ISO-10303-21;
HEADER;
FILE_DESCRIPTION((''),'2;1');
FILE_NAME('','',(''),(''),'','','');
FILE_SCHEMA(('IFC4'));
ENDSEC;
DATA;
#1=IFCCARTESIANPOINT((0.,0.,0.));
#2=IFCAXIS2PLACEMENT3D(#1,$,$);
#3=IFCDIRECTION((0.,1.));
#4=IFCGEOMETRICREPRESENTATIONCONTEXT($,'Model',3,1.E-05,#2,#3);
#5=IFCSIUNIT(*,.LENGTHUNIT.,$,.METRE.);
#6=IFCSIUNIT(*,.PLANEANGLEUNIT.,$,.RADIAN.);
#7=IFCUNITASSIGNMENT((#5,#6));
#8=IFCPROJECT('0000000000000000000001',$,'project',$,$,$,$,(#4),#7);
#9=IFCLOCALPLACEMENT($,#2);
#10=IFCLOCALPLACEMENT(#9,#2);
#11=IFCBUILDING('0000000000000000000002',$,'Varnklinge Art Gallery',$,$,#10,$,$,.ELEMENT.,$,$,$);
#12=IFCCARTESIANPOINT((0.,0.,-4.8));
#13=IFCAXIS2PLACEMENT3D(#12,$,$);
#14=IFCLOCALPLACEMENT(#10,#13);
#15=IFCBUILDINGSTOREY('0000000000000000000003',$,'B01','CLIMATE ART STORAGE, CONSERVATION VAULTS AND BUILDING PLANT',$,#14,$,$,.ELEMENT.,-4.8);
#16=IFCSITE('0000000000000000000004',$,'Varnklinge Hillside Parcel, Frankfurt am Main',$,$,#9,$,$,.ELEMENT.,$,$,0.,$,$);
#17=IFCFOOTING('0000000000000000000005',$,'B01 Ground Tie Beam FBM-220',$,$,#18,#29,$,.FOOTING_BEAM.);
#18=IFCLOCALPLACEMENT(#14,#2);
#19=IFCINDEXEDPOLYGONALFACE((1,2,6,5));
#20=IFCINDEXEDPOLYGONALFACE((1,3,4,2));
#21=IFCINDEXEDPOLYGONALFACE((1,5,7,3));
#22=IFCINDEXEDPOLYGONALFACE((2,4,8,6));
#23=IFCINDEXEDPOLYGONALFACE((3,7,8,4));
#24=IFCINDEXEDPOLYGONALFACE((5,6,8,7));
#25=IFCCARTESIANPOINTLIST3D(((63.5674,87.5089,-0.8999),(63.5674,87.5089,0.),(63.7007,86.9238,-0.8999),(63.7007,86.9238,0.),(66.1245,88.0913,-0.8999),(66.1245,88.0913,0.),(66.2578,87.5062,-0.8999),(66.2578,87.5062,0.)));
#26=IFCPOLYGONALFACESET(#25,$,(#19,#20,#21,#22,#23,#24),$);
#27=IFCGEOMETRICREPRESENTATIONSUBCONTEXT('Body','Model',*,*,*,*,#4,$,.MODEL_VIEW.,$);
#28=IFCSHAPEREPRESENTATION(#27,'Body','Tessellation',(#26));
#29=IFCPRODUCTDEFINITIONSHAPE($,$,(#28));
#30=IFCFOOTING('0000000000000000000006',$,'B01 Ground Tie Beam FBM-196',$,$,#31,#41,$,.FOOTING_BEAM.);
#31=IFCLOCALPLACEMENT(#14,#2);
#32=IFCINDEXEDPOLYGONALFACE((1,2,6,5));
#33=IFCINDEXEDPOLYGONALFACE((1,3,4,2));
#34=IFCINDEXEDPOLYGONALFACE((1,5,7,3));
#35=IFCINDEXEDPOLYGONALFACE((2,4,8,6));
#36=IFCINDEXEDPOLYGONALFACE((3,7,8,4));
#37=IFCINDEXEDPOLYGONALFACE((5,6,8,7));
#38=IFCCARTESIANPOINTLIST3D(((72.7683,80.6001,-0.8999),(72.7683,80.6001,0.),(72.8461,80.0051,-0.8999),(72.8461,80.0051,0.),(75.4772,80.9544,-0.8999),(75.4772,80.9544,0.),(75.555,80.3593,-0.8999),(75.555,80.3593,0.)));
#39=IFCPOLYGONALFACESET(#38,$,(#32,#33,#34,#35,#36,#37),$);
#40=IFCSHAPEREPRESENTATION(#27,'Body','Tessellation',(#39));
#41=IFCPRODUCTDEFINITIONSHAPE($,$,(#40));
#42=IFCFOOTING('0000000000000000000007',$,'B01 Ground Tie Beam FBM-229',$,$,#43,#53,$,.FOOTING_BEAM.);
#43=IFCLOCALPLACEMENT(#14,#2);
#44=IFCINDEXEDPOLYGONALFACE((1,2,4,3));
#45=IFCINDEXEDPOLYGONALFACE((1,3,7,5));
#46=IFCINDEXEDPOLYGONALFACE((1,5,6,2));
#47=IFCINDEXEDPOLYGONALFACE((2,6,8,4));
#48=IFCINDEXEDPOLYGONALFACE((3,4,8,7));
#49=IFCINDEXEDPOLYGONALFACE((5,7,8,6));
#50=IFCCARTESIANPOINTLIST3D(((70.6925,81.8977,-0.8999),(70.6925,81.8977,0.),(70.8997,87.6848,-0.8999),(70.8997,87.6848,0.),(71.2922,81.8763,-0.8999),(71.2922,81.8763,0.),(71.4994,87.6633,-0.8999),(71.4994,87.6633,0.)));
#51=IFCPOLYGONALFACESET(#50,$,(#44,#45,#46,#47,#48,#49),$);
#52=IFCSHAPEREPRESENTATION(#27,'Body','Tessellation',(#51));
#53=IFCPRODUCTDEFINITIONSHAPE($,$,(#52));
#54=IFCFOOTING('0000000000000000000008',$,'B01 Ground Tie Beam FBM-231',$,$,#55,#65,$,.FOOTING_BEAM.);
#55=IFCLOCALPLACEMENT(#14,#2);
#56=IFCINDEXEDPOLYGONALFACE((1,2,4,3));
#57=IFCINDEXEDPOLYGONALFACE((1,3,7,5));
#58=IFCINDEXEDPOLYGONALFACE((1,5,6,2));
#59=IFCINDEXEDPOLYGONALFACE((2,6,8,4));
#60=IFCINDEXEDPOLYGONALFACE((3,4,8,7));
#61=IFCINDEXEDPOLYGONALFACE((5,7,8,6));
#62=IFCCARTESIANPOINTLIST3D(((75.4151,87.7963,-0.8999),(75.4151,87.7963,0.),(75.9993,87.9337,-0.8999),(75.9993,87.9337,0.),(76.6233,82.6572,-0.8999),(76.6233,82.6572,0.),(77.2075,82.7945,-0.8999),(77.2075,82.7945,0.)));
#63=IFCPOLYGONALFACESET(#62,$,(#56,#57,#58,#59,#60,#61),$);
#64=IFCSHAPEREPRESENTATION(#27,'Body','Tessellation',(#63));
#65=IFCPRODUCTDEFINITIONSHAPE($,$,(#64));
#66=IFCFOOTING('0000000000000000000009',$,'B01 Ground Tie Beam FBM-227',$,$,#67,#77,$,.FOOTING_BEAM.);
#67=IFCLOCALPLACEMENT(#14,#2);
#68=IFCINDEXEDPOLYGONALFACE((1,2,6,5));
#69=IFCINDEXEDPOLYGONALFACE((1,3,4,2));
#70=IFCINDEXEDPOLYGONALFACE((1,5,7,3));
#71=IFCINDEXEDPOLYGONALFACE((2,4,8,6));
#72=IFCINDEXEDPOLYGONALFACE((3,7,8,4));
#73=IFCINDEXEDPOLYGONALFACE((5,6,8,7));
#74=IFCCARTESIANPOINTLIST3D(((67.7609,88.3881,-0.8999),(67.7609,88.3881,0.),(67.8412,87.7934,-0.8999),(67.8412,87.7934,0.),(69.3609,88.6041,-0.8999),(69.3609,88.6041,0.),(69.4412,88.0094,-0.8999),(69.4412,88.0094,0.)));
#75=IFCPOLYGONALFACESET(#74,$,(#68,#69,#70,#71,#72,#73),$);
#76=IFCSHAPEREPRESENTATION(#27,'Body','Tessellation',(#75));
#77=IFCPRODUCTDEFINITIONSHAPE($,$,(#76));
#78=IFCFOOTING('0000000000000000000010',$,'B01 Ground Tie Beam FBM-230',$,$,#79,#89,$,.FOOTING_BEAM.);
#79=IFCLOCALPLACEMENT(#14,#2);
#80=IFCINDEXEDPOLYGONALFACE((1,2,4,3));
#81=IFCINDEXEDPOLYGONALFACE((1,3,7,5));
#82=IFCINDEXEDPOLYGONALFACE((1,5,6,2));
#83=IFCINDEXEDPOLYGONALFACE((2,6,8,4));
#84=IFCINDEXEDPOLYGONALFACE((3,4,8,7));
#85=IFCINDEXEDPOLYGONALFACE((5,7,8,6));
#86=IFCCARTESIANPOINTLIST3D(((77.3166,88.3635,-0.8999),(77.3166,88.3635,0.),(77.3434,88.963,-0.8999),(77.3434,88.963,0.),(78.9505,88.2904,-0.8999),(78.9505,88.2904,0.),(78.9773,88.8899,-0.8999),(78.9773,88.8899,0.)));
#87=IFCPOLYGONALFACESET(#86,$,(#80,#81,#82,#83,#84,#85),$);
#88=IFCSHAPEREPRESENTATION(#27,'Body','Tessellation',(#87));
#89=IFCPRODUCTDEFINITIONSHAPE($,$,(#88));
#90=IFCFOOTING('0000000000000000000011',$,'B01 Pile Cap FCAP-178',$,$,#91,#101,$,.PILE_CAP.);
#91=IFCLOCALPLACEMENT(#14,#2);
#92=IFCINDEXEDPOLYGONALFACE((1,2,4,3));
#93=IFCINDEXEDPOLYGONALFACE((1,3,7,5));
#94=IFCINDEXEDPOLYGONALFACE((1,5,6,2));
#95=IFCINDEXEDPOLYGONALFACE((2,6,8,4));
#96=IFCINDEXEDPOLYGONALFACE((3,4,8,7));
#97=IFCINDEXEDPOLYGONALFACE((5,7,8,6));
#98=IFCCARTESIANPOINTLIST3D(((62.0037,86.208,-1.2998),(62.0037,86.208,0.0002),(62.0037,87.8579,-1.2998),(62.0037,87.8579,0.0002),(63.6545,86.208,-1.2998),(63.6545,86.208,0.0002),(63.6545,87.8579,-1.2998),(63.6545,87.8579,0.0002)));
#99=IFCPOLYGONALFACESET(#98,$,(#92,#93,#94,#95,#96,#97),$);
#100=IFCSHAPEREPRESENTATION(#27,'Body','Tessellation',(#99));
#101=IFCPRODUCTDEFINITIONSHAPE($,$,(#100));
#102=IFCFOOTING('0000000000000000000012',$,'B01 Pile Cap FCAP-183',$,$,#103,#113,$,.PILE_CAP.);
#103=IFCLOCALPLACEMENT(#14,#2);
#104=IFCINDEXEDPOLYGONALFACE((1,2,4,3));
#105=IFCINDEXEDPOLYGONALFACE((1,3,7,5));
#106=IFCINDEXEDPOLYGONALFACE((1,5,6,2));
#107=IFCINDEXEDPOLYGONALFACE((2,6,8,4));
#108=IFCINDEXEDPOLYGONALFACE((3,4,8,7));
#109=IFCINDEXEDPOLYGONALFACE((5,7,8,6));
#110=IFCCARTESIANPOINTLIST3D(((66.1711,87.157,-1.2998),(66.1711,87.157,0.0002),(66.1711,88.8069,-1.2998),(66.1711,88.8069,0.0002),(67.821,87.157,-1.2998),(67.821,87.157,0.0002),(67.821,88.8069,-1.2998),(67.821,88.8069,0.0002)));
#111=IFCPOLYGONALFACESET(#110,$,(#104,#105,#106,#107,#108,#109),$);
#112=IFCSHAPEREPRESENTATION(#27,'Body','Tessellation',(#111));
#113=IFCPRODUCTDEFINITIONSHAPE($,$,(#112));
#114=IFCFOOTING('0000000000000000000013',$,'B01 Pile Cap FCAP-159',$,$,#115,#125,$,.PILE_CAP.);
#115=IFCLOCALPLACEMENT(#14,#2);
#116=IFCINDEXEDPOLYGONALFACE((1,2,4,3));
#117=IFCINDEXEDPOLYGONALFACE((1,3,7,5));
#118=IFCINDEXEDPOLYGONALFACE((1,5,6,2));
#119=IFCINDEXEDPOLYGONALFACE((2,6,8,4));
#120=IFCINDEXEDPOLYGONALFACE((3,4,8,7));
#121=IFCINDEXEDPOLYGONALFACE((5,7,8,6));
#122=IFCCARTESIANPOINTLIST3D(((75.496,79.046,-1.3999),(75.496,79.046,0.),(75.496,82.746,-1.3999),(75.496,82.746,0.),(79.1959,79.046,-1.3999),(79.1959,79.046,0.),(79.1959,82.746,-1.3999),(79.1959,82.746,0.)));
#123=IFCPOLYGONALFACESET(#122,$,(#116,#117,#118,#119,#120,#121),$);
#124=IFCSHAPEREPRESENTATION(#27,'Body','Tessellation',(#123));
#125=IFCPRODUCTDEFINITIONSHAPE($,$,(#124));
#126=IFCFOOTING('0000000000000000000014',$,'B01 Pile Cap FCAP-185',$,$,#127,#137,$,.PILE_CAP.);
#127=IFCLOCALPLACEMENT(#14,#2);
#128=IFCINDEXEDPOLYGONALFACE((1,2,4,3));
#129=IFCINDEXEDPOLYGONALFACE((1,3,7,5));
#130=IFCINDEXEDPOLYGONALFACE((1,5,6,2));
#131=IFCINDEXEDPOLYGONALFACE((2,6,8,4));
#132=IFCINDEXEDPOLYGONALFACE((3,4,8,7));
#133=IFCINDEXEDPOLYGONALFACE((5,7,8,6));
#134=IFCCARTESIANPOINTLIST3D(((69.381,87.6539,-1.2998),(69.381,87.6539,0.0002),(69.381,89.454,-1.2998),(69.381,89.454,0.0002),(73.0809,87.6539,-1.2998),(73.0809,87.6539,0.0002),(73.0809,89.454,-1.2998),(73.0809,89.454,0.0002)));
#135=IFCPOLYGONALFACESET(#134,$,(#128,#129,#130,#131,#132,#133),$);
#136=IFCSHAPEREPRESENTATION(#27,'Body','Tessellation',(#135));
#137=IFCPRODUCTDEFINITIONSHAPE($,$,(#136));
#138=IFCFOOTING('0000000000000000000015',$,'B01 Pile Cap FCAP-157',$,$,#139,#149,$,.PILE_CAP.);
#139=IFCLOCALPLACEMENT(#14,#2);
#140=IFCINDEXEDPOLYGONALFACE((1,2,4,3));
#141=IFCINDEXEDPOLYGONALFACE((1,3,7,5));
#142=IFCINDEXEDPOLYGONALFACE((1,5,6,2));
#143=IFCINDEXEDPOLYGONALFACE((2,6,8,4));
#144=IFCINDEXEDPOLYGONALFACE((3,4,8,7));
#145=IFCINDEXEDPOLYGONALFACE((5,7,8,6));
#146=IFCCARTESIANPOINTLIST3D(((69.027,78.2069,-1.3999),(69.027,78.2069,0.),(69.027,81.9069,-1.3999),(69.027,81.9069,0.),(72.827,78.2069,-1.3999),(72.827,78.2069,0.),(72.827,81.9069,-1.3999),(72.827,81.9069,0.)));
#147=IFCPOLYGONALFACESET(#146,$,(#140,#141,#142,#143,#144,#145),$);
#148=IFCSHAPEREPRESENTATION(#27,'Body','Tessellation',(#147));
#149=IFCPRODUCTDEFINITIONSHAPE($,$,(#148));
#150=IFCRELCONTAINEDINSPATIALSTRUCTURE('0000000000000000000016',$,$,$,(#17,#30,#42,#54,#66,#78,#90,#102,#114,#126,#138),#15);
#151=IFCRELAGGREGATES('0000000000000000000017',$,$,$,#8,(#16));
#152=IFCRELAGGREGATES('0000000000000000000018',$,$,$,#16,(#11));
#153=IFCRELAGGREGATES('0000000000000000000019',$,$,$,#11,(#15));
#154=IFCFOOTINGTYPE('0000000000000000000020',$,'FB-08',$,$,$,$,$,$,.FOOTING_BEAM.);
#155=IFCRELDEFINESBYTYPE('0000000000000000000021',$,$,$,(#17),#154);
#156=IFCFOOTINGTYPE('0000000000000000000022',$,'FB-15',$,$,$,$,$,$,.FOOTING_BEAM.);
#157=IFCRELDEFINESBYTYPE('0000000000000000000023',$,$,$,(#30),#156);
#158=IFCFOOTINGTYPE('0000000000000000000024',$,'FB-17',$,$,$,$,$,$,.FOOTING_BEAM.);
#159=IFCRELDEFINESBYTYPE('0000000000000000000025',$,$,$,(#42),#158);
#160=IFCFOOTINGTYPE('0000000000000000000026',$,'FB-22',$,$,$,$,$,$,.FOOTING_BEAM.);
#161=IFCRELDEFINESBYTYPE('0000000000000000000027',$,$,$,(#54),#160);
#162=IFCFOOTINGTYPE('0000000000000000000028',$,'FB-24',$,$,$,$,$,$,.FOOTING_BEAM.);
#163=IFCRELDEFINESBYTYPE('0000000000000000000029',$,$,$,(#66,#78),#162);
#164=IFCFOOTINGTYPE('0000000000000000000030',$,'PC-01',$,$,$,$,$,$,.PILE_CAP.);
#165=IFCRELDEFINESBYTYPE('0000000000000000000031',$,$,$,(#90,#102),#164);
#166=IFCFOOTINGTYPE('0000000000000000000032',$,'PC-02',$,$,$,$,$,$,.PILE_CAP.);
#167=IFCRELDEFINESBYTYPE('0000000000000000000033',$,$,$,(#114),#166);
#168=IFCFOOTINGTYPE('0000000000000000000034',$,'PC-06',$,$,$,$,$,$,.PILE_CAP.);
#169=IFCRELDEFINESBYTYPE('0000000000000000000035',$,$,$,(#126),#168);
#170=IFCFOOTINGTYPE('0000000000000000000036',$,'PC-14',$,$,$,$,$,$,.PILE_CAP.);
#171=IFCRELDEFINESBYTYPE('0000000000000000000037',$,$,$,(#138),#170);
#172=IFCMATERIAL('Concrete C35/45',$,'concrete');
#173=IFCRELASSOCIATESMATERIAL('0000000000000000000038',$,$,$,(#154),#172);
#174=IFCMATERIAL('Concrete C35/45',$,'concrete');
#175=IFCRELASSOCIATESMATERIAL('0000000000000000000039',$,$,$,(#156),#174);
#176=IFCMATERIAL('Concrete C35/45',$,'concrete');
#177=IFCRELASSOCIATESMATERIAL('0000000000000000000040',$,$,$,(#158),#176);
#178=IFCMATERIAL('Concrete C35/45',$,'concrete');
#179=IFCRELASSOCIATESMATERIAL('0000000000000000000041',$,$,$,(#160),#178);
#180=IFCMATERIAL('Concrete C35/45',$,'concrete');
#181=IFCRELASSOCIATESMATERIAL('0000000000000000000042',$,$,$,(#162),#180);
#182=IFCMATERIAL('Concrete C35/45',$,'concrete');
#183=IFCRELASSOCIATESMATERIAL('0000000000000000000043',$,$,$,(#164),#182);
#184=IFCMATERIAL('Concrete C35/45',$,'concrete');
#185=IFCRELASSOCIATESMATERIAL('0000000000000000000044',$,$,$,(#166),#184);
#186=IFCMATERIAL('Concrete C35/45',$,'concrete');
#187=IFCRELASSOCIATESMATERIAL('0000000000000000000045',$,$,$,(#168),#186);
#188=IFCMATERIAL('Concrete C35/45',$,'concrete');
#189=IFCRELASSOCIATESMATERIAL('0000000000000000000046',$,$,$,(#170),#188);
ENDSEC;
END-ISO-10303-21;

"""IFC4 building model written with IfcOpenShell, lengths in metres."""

from ifc_helpers import new_model, si_unit, direction, frame, origin, origin_2d, place, context, subcontext, project, spatial, rectangle, extrude, material, type_object, element, save


model = new_model("IFC4")

# Units and contexts
model_context = context("Model", 3, precision=1e-05, world=origin(), true_north=direction((0.0, 1.0)))
body_context = subcontext(model_context, "Body", "Model", "MODEL_VIEW")
ifc_project = project(units=[si_unit("LENGTHUNIT", "METRE"), si_unit("PLANEANGLEUNIT", "RADIAN")], contexts=[model_context])

# Site, building, storey
site_placement = place(None, origin())
site = spatial("IfcSite", under=ifc_project, at=site_placement, Name="Varnklinge Hillside Parcel, Frankfurt am Main", CompositionType="ELEMENT", RefElevation=0.0)
building_placement = place(site_placement, origin())
building = spatial("IfcBuilding", under=site, at=building_placement, Name="Varnklinge Art Gallery", CompositionType="ELEMENT")
storey_placement = place(building_placement, frame((0.0, 0.0, -4.8)))
storey = spatial("IfcBuildingStorey", under=building, at=storey_placement, Name="B01", Description="CLIMATE ART STORAGE, CONSERVATION VAULTS AND BUILDING PLANT", CompositionType="ELEMENT", Elevation=-4.8)

# Footings
ifc_material_1 = material(Name="Concrete C35/45", Category="concrete")
footing_type_1 = type_object("IfcFootingType", Name="FB-08", PredefinedType="FOOTING_BEAM", material=ifc_material_1)
footing_1_placement = place(storey_placement, frame((64.9126, 87.5076, -0.8999), z_axis=(0.0, 0.0, 1.0), x_axis=(0.975033, 0.222059, 0.0)))
element("IfcFooting", 1, at=footing_1_placement, inside=storey, type_object=footing_type_1, Name="B01 Ground Tie Beam FBM-220", PredefinedType="FOOTING_BEAM", context=body_context, shape_type="SweptSolid", body=[
    extrude(rectangle(XDim=2.6226, YDim=0.6001, at=origin_2d()), origin(), (0.0, 0.0, 1.0), 0.8999),
])
ifc_material_2 = material(Name="Concrete C35/45", Category="concrete")
footing_type_2 = type_object("IfcFootingType", Name="FB-15", PredefinedType="FOOTING_BEAM", material=ifc_material_2)
footing_2_placement = place(storey_placement, frame((74.1616, 80.4797, -0.8999), z_axis=(0.0, 0.0, 1.0), x_axis=(0.991558, 0.129661, 0.0)))
element("IfcFooting", 2, at=footing_2_placement, inside=storey, type_object=footing_type_2, Name="B01 Ground Tie Beam FBM-196", PredefinedType="FOOTING_BEAM", context=body_context, shape_type="SweptSolid", body=[
    extrude(rectangle(XDim=2.7319, YDim=0.6001, at=origin_2d()), origin(), (0.0, 0.0, 1.0), 0.8999),
])
ifc_material_3 = material(Name="Concrete C35/45", Category="concrete")
footing_type_3 = type_object("IfcFootingType", Name="FB-17", PredefinedType="FOOTING_BEAM", material=ifc_material_3)
footing_3_placement = place(storey_placement, frame((71.0959, 84.7805, -0.8999), z_axis=(0.0, 0.0, 1.0), x_axis=(-0.035772, -0.99936, 0.0)))
element("IfcFooting", 3, at=footing_3_placement, inside=storey, type_object=footing_type_3, Name="B01 Ground Tie Beam FBM-229", PredefinedType="FOOTING_BEAM", context=body_context, shape_type="SweptSolid", body=[
    extrude(rectangle(XDim=5.7908, YDim=0.6001, at=origin_2d()), origin(), (0.0, 0.0, 1.0), 0.8999),
])
ifc_material_4 = material(Name="Concrete C35/45", Category="concrete")
footing_type_4 = type_object("IfcFootingType", Name="FB-22", PredefinedType="FOOTING_BEAM", material=ifc_material_4)
footing_4_placement = place(storey_placement, frame((76.3113, 85.2954, -0.8999), z_axis=(0.0, 0.0, 1.0), x_axis=(0.228861, -0.973459, 0.0)))
element("IfcFooting", 4, at=footing_4_placement, inside=storey, type_object=footing_type_4, Name="B01 Ground Tie Beam FBM-231", PredefinedType="FOOTING_BEAM", context=body_context, shape_type="SweptSolid", body=[
    extrude(rectangle(XDim=5.2793, YDim=0.6001, at=origin_2d()), origin(), (0.0, 0.0, 1.0), 0.8999),
])
ifc_material_5 = material(Name="Concrete C35/45", Category="concrete")
footing_type_5 = type_object("IfcFootingType", Name="FB-24", PredefinedType="FOOTING_BEAM", material=ifc_material_5)
footing_5_placement = place(storey_placement, frame((68.6011, 88.1987, -0.8999), z_axis=(0.0, 0.0, 1.0), x_axis=(0.991007, 0.133813, 0.0)))
element("IfcFooting", 5, at=footing_5_placement, inside=storey, type_object=footing_type_5, Name="B01 Ground Tie Beam FBM-227", PredefinedType="FOOTING_BEAM", context=body_context, shape_type="SweptSolid", body=[
    extrude(rectangle(XDim=1.6145, YDim=0.6001, at=origin_2d()), origin(), (0.0, 0.0, 1.0), 0.8999),
])
footing_6_placement = place(storey_placement, frame((78.147, 88.6267, -0.8999), z_axis=(0.0, 0.0, 1.0), x_axis=(-0.999002, 0.044666, 0.0)))
element("IfcFooting", 6, at=footing_6_placement, inside=storey, type_object=footing_type_5, Name="B01 Ground Tie Beam FBM-230", PredefinedType="FOOTING_BEAM", context=body_context, shape_type="SweptSolid", body=[
    extrude(rectangle(XDim=1.6355, YDim=0.6001, at=origin_2d()), origin(), (0.0, 0.0, 1.0), 0.8999),
])
ifc_material_6 = material(Name="Concrete C35/45", Category="concrete")
footing_type_6 = type_object("IfcFootingType", Name="PC-01", PredefinedType="PILE_CAP", material=ifc_material_6)
footing_7_placement = place(storey_placement, frame((62.8291, 87.033, -1.2998), z_axis=(0.0, 0.0, 1.0), x_axis=(1.0, 0.0, 0.0)))
element("IfcFooting", 7, at=footing_7_placement, inside=storey, type_object=footing_type_6, Name="B01 Pile Cap FCAP-178", PredefinedType="PILE_CAP", context=body_context, shape_type="SweptSolid", body=[
    extrude(rectangle(XDim=1.6509, YDim=1.6499, at=origin_2d()), origin(), (0.0, 0.0, 1.0), 1.3),
])
footing_8_placement = place(storey_placement, frame((66.9961, 87.9819, -1.2998), z_axis=(0.0, 0.0, 1.0), x_axis=(1.0, 0.0, 0.0)))
element("IfcFooting", 8, at=footing_8_placement, inside=storey, type_object=footing_type_6, Name="B01 Pile Cap FCAP-183", PredefinedType="PILE_CAP", context=body_context, shape_type="SweptSolid", body=[
    extrude(rectangle(XDim=1.6499, YDim=1.6499, at=origin_2d()), origin(), (0.0, 0.0, 1.0), 1.3),
])
ifc_material_7 = material(Name="Concrete C35/45", Category="concrete")
footing_type_7 = type_object("IfcFootingType", Name="PC-02", PredefinedType="PILE_CAP", material=ifc_material_7)
footing_9_placement = place(storey_placement, frame((77.3459, 80.896, -1.3999), z_axis=(0.0, 0.0, 1.0), x_axis=(1.0, 0.0, 0.0)))
element("IfcFooting", 9, at=footing_9_placement, inside=storey, type_object=footing_type_7, Name="B01 Pile Cap FCAP-159", PredefinedType="PILE_CAP", context=body_context, shape_type="SweptSolid", body=[
    extrude(rectangle(XDim=3.7, YDim=3.7, at=origin_2d()), origin(), (0.0, 0.0, 1.0), 1.3999),
])
ifc_material_8 = material(Name="Concrete C35/45", Category="concrete")
footing_type_8 = type_object("IfcFootingType", Name="PC-06", PredefinedType="PILE_CAP", material=ifc_material_8)
footing_10_placement = place(storey_placement, frame((71.231, 88.554, -1.2998), z_axis=(0.0, 0.0, 1.0), x_axis=(1.0, 0.0, 0.0)))
element("IfcFooting", 10, at=footing_10_placement, inside=storey, type_object=footing_type_8, Name="B01 Pile Cap FCAP-185", PredefinedType="PILE_CAP", context=body_context, shape_type="SweptSolid", body=[
    extrude(rectangle(XDim=3.7, YDim=1.8, at=origin_2d()), origin(), (0.0, 0.0, 1.0), 1.3),
])
ifc_material_9 = material(Name="Concrete C35/45", Category="concrete")
footing_type_9 = type_object("IfcFootingType", Name="PC-14", PredefinedType="PILE_CAP", material=ifc_material_9)
footing_11_placement = place(storey_placement, frame((70.927, 80.0569, -1.3999), z_axis=(0.0, 0.0, 1.0), x_axis=(1.0, 0.0, 0.0)))
element("IfcFooting", 11, at=footing_11_placement, inside=storey, type_object=footing_type_9, Name="B01 Pile Cap FCAP-157", PredefinedType="PILE_CAP", context=body_context, shape_type="SweptSolid", body=[
    extrude(rectangle(XDim=3.8, YDim=3.7, at=origin_2d()), origin(), (0.0, 0.0, 1.0), 1.3999),
])

save(model, "model.ifc")
